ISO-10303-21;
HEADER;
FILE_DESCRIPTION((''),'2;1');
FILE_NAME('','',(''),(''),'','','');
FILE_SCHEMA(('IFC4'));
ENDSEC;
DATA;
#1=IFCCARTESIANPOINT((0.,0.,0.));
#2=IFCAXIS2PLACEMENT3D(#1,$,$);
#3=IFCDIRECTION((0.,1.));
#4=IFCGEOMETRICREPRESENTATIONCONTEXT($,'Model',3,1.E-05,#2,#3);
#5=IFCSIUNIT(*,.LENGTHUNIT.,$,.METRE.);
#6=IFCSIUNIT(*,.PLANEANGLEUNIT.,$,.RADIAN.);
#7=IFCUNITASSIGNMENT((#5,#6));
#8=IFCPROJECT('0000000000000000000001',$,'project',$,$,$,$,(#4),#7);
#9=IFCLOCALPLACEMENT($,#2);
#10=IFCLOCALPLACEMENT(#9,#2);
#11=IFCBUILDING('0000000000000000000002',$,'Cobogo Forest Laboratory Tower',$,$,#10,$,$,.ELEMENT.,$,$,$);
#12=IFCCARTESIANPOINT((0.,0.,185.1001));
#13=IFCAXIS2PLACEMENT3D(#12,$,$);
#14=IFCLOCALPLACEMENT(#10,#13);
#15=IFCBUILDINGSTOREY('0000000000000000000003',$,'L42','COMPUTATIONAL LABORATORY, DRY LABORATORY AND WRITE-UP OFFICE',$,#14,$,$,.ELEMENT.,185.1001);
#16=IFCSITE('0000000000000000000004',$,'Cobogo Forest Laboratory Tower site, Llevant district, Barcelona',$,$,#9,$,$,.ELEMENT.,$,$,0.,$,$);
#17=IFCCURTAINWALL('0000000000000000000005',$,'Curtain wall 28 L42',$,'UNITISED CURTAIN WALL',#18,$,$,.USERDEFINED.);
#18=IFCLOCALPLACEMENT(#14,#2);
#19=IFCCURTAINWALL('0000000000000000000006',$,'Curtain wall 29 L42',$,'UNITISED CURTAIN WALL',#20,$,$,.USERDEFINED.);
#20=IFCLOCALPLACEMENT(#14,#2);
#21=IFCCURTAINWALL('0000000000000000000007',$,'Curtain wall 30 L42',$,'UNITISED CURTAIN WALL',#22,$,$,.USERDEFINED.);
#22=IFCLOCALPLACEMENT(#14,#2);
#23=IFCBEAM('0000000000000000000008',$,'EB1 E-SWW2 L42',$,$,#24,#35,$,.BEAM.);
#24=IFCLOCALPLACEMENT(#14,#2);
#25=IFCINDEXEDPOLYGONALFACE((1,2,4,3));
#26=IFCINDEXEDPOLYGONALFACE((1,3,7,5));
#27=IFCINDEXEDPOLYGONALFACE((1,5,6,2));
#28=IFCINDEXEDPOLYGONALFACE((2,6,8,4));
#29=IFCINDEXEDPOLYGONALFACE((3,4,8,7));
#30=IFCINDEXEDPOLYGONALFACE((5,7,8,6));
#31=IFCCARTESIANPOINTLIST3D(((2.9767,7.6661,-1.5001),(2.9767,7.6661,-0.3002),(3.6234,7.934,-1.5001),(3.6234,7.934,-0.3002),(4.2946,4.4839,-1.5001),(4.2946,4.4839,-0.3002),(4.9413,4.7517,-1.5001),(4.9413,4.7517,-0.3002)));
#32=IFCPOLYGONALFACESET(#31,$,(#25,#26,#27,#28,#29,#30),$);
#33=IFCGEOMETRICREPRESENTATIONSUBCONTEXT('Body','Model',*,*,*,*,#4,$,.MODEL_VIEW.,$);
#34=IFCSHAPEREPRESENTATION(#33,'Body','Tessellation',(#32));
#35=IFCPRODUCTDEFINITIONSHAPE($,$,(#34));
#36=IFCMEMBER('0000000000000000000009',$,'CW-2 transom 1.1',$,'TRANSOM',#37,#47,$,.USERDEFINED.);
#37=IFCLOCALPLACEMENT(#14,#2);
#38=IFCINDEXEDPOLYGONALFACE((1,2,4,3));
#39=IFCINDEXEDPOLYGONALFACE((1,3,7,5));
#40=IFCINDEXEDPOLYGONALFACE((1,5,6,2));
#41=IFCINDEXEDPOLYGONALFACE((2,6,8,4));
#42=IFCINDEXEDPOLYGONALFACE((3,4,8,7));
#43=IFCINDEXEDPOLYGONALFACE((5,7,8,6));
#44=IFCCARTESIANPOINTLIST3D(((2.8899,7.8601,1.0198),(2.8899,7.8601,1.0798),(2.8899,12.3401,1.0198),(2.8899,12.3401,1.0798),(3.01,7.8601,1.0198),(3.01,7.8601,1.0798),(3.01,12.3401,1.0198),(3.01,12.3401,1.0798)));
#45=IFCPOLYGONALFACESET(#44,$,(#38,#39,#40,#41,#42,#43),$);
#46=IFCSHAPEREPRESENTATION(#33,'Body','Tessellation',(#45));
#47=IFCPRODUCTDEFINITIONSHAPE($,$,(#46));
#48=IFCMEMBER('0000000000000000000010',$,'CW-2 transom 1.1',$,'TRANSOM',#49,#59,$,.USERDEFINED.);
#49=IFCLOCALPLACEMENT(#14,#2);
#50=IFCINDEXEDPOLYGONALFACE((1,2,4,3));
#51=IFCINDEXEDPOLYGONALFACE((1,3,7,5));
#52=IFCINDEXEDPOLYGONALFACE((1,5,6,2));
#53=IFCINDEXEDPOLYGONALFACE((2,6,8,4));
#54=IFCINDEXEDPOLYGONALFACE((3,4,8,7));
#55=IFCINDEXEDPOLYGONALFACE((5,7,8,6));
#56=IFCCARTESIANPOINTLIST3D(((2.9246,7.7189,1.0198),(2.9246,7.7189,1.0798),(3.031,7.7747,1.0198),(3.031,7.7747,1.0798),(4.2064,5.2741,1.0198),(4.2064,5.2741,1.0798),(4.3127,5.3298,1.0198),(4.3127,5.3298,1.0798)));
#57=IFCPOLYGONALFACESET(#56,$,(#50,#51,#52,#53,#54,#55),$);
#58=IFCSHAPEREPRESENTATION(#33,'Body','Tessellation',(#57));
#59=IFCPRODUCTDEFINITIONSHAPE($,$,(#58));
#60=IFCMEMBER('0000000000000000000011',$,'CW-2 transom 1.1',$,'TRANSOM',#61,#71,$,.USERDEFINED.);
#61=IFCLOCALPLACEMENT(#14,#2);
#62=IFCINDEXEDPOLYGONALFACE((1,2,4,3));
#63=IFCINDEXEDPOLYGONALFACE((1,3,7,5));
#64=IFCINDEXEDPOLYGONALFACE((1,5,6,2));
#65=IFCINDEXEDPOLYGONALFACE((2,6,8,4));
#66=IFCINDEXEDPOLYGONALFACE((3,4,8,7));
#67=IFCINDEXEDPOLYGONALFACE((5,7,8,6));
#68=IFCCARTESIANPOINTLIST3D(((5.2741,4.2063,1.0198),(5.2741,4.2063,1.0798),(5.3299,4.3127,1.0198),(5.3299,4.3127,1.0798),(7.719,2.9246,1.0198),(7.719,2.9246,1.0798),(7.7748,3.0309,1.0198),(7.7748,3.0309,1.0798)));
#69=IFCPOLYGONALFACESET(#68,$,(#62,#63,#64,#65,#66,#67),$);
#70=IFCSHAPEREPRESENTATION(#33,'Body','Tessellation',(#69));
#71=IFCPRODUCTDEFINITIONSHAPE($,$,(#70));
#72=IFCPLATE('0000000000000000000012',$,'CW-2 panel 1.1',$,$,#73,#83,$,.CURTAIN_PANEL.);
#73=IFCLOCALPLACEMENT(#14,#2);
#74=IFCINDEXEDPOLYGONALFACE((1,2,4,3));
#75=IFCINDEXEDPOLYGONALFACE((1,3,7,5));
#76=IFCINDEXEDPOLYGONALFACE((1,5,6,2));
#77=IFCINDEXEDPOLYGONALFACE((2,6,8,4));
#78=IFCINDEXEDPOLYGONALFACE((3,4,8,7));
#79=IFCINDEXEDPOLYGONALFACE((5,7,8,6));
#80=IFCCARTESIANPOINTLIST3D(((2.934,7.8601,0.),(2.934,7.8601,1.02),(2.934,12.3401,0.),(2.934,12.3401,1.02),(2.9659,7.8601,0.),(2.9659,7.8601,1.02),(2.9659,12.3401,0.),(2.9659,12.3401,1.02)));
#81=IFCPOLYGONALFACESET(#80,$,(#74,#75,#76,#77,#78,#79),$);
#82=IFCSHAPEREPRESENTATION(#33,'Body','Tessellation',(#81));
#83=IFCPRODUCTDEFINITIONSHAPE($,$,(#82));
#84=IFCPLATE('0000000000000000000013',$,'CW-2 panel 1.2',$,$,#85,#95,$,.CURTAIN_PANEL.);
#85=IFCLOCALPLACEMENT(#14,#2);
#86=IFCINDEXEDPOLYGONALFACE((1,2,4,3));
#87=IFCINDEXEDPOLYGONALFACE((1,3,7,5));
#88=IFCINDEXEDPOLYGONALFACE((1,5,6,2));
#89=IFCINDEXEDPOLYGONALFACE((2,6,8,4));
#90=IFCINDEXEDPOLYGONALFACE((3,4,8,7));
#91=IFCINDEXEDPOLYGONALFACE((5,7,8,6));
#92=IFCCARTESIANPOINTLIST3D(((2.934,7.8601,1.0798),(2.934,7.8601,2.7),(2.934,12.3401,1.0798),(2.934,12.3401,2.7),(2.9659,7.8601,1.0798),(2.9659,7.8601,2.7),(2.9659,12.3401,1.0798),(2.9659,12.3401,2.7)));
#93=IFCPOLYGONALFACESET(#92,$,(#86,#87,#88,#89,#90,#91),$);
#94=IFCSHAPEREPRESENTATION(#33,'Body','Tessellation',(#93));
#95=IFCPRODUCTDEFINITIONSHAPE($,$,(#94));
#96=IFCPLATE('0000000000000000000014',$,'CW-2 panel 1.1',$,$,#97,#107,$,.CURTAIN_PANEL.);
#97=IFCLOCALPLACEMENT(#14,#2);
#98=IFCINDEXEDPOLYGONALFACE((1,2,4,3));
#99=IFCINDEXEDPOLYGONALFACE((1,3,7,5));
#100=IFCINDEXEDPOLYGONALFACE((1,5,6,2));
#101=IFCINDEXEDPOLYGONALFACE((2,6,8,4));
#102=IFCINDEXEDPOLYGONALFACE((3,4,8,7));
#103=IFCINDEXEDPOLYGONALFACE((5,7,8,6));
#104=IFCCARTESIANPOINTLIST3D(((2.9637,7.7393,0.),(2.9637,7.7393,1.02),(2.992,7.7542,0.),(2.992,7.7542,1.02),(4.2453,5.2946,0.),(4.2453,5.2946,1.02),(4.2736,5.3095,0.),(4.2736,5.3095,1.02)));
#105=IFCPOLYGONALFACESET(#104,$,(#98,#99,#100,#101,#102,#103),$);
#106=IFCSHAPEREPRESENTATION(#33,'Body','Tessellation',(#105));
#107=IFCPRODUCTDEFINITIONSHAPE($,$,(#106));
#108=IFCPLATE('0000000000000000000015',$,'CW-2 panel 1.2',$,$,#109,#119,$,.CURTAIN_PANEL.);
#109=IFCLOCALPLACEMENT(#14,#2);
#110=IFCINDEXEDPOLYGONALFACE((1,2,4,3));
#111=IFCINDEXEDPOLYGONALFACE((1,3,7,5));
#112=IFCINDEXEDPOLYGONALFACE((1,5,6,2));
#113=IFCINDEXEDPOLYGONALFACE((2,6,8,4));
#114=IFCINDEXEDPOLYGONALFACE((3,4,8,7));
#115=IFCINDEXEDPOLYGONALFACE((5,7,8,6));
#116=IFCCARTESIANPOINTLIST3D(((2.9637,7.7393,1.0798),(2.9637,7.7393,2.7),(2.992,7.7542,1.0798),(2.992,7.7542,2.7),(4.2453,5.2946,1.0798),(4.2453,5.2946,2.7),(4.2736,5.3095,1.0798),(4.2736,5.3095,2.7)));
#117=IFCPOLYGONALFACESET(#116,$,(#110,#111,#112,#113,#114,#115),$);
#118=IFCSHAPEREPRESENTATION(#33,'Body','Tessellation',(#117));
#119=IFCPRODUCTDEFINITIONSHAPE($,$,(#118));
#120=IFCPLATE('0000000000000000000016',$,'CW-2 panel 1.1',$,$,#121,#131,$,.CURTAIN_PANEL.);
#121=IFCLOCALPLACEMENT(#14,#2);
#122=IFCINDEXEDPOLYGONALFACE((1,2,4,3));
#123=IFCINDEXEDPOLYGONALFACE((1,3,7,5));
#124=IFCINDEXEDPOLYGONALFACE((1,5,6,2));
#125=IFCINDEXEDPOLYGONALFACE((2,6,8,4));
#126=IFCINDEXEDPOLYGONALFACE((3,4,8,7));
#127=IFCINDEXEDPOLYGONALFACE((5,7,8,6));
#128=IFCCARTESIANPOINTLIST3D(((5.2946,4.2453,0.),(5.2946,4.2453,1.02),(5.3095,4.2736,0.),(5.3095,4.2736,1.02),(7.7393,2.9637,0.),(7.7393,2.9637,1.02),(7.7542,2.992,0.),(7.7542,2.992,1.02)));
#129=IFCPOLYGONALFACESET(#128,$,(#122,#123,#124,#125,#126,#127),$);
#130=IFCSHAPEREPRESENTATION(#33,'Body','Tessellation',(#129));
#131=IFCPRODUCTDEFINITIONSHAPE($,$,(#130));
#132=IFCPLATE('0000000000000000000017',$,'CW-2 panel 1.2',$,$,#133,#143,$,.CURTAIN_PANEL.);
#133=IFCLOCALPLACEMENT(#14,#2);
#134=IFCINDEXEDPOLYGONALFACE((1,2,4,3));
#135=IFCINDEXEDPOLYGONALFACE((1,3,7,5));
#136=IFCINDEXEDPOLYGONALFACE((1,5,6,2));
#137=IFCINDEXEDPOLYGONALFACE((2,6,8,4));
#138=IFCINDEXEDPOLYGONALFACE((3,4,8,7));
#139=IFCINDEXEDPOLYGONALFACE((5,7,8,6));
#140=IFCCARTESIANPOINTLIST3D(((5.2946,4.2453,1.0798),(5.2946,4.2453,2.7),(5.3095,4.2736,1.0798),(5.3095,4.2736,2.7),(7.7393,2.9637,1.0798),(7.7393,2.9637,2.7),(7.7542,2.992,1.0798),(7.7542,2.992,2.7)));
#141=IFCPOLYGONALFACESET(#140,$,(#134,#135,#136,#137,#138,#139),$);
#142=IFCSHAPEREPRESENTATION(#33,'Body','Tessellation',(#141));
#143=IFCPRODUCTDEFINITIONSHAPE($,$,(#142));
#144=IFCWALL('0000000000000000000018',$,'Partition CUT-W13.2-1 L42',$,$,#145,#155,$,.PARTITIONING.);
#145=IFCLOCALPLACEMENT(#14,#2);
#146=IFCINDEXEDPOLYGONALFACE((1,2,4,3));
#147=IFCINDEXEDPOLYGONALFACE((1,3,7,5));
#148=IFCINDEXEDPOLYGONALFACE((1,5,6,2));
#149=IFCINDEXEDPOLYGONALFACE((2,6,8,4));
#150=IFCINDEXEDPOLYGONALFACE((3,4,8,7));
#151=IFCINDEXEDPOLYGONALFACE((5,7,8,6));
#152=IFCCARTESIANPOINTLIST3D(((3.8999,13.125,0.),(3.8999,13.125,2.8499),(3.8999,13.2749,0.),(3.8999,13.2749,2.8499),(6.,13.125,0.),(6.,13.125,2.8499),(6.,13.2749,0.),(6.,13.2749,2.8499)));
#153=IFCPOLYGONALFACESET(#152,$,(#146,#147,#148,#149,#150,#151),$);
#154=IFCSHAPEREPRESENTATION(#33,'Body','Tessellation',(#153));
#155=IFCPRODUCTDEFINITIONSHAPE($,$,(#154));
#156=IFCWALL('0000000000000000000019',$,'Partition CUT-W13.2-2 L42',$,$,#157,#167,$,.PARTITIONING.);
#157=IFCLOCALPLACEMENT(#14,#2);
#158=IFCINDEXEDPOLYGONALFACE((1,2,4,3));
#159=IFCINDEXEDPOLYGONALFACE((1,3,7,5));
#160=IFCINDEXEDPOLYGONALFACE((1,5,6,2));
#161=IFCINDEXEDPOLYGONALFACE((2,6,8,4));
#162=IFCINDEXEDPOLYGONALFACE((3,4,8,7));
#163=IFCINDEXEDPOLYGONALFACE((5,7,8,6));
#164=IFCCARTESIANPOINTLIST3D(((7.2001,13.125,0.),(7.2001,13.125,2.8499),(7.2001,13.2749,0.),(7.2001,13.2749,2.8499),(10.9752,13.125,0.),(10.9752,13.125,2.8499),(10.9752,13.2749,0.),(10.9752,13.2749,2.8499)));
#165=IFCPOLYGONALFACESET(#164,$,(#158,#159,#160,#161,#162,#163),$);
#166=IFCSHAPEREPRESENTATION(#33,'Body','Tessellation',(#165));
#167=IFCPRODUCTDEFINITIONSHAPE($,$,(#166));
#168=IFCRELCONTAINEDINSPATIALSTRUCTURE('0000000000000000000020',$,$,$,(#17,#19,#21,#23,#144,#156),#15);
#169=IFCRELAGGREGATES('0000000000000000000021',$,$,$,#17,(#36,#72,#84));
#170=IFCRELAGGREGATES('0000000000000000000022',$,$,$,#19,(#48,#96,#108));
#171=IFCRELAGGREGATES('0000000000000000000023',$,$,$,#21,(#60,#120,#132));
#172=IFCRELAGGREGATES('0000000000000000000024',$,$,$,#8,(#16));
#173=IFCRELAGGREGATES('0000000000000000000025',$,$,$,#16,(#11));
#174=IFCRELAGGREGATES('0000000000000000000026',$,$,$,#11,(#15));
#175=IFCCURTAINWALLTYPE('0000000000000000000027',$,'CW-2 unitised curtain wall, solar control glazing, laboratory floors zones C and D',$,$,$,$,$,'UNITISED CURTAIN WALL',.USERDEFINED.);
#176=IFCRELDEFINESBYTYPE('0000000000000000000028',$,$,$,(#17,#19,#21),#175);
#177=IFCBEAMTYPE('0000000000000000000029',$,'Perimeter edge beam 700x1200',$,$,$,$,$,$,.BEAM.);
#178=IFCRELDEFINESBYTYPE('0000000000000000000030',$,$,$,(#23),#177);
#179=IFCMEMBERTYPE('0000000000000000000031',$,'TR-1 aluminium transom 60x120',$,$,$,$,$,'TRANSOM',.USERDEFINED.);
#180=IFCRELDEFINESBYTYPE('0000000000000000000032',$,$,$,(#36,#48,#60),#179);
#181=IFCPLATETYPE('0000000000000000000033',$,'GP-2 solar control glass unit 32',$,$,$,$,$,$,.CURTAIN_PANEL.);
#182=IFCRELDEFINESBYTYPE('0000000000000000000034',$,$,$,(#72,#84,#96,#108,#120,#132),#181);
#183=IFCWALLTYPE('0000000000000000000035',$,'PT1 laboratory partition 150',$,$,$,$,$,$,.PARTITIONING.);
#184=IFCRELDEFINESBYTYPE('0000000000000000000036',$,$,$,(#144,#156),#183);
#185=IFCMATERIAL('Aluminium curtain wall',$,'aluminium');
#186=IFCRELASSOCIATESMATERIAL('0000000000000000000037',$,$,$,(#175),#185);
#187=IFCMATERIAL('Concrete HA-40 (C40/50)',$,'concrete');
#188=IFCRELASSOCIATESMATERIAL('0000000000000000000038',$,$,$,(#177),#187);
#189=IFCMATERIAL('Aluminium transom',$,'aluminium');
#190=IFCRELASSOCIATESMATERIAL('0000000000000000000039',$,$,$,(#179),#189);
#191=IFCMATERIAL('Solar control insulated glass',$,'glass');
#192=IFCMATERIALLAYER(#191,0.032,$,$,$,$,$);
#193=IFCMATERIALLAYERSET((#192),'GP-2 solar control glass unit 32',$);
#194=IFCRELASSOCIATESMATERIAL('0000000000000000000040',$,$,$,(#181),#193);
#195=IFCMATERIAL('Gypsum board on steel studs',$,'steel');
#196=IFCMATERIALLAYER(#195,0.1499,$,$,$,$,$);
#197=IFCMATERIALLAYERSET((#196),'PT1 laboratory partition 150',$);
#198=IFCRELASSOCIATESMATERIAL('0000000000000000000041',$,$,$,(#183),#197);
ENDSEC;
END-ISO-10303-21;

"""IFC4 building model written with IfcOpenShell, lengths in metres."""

from ifc_helpers import new_model, si_unit, direction, frame, frame_2d, origin, origin_2d, place, context, subcontext, project, spatial, rectangle, extrude, material, layer, layer_set, material_profile, profile_set, type_object, element, aggregate, save


model = new_model("IFC4")

# Units and contexts
model_context = context("Model", 3, precision=1e-05, world=origin(), true_north=direction((0.0, 1.0)))
body_context = subcontext(model_context, "Body", "Model", "MODEL_VIEW")
ifc_project = project(units=[si_unit("LENGTHUNIT", "METRE"), si_unit("PLANEANGLEUNIT", "RADIAN")], contexts=[model_context])

# Site, building, storey
site_placement = place(None, origin())
site = spatial("IfcSite", under=ifc_project, at=site_placement, Name="Cobogo Forest Laboratory Tower site, Llevant district, Barcelona", CompositionType="ELEMENT", RefElevation=0.0)
building_placement = place(site_placement, origin())
building = spatial("IfcBuilding", under=site, at=building_placement, Name="Cobogo Forest Laboratory Tower", CompositionType="ELEMENT")
storey_placement = place(building_placement, frame((0.0, 0.0, 185.1001)))
storey = spatial("IfcBuildingStorey", under=building, at=storey_placement, Name="L42", Description="COMPUTATIONAL LABORATORY, DRY LABORATORY AND WRITE-UP OFFICE", CompositionType="ELEMENT", Elevation=185.1001)

# Shared definitions
ifc_material_1 = material(Name="Concrete HA-40 (C40/50)", Category="concrete")

# Curtain walls
ifc_material_2 = material(Name="Aluminium curtain wall", Category="aluminium")
curtain_wall_type = type_object("IfcCurtainWallType", Name="CW-2 unitised curtain wall, solar control glazing, laboratory floors zones C and D", ElementType="UNITISED CURTAIN WALL", PredefinedType="USERDEFINED", material=ifc_material_2)
curtain_wall_1_placement = place(storey_placement, origin())
curtain_wall_1 = element("IfcCurtainWall", 1, at=curtain_wall_1_placement, inside=storey, type_object=curtain_wall_type, Name="Curtain wall 28 L42", ObjectType="UNITISED CURTAIN WALL", PredefinedType="USERDEFINED")
curtain_wall_2_placement = place(storey_placement, origin())
curtain_wall_2 = element("IfcCurtainWall", 2, at=curtain_wall_2_placement, inside=storey, type_object=curtain_wall_type, Name="Curtain wall 29 L42", ObjectType="UNITISED CURTAIN WALL", PredefinedType="USERDEFINED")

# Curtain wall
curtain_wall_3_placement = place(storey_placement, origin())
curtain_wall_3 = element("IfcCurtainWall", 3, at=curtain_wall_3_placement, inside=storey, type_object=curtain_wall_type, Name="Curtain wall 30 L42", ObjectType="UNITISED CURTAIN WALL", PredefinedType="USERDEFINED")

# Beam
ifc_material_profile_1 = material_profile(ifc_material_1, rectangle(XDim=0.7, YDim=1.2, at=origin_2d()), Name="RC 700x1200")
ifc_profile_set_1 = profile_set([ifc_material_profile_1], Name="Concrete HA-40 (C40/50)")
beam_type_1 = type_object("IfcBeamType", Name="Perimeter edge beam 700x1200", PredefinedType="BEAM", material=ifc_profile_set_1)
beam_1_placement = place(storey_placement, frame((3.3, 7.8, -0.9001), z_axis=(0.382631, -0.923901, 0.0), x_axis=(0.923901, 0.382631, 0.0)))
element("IfcBeam", 4, at=beam_1_placement, inside=storey, type_object=beam_type_1, Name="EB1 E-SWW2 L42", PredefinedType="BEAM", context=body_context, shape_type="SweptSolid", body=[
    extrude(rectangle(XDim=0.7, YDim=1.2, at=origin_2d()), origin(), (0.0, 0.0, 1.0), 3.4443),
])

# Members
ifc_material_3 = material(Name="Aluminium transom", Category="aluminium")
ifc_material_profile_2 = material_profile(ifc_material_3, rectangle(XDim=0.1201, YDim=0.0601, at=origin_2d()), Name="AL 60x120")
ifc_profile_set_2 = profile_set([ifc_material_profile_2], Name="Aluminium transom")
member_type_1 = type_object("IfcMemberType", Name="TR-1 aluminium transom 60x120", ElementType="TRANSOM", PredefinedType="USERDEFINED", material=ifc_profile_set_2)
member_1_placement = place(storey_placement, frame((2.95, 12.3401, 1.0498), z_axis=(0.0, -1.0, 0.0), x_axis=(1.0, 0.0, 0.0)))
member_1 = element("IfcMember", 5, at=member_1_placement, type_object=member_type_1, Name="CW-2 transom 1.1", ObjectType="TRANSOM", PredefinedType="USERDEFINED", context=body_context, shape_type="SweptSolid", body=[
    extrude(rectangle(XDim=0.1201, YDim=0.0601, at=origin_2d()), origin(), (0.0, 0.0, 1.0), 4.48),
])
member_2_placement = place(storey_placement, frame((2.9778, 7.7468, 1.0498), z_axis=(0.464324, -0.885665, 0.0), x_axis=(0.885665, 0.464324, 0.0)))
member_2 = element("IfcMember", 6, at=member_2_placement, type_object=member_type_1, Name="CW-2 transom 1.1", ObjectType="TRANSOM", PredefinedType="USERDEFINED", context=body_context, shape_type="SweptSolid", body=[
    extrude(rectangle(XDim=0.1201, YDim=0.0601, at=origin_2d()), origin(), (0.0, 0.0, 1.0), 2.7605),
])
member_3_placement = place(storey_placement, frame((5.302, 4.2595, 1.0498), z_axis=(0.885665, -0.464324, 0.0), x_axis=(0.464324, 0.885665, 0.0)))
member_3 = element("IfcMember", 7, at=member_3_placement, type_object=member_type_1, Name="CW-2 transom 1.1", ObjectType="TRANSOM", PredefinedType="USERDEFINED", context=body_context, shape_type="SweptSolid", body=[
    extrude(rectangle(XDim=0.1201, YDim=0.0601, at=origin_2d()), origin(), (0.0, 0.0, 1.0), 2.7605),
])

# Plates
ifc_material_4 = material(Name="Solar control insulated glass", Category="glass")
ifc_layer_1 = layer(ifc_material_4, 0.032)
ifc_layer_set_1 = layer_set([ifc_layer_1], Name="GP-2 solar control glass unit 32")
plate_type = type_object("IfcPlateType", Name="GP-2 solar control glass unit 32", PredefinedType="CURTAIN_PANEL", material=ifc_layer_set_1)
plate_1_placement = place(storey_placement, frame((2.95, 10.1001, 0.0), z_axis=(0.0, 0.0, 1.0), x_axis=(0.0, -1.0, 0.0)))
plate_1 = element("IfcPlate", 8, at=plate_1_placement, type_object=plate_type, Name="CW-2 panel 1.1", PredefinedType="CURTAIN_PANEL", context=body_context, shape_type="SweptSolid", body=[
    extrude(rectangle(XDim=4.48, YDim=0.032, at=origin_2d()), origin(), (0.0, 0.0, 1.0), 1.02),
])
plate_2_placement = place(storey_placement, frame((2.95, 10.1001, 1.0798), z_axis=(0.0, 0.0, 1.0), x_axis=(0.0, -1.0, 0.0)))
plate_2 = element("IfcPlate", 9, at=plate_2_placement, type_object=plate_type, Name="CW-2 panel 1.2", PredefinedType="CURTAIN_PANEL", context=body_context, shape_type="SweptSolid", body=[
    extrude(rectangle(XDim=4.48, YDim=0.032, at=origin_2d()), origin(), (0.0, 0.0, 1.0), 1.6201),
])
aggregate(curtain_wall_1, [member_1, plate_1, plate_2])
plate_3_placement = place(storey_placement, frame((3.6187, 6.5244, 0.0), z_axis=(0.0, 0.0, 1.0), x_axis=(0.464284, -0.885686, 0.0)))
plate_3 = element("IfcPlate", 10, at=plate_3_placement, type_object=plate_type, Name="CW-2 panel 1.1", PredefinedType="CURTAIN_PANEL", context=body_context, shape_type="SweptSolid", body=[
    extrude(rectangle(XDim=2.7603, YDim=0.032, at=origin_2d()), origin(), (0.0, 0.0, 1.0), 1.02),
])
plate_4_placement = place(storey_placement, frame((3.6187, 6.5244, 1.0798), z_axis=(0.0, 0.0, 1.0), x_axis=(0.464284, -0.885686, 0.0)))
plate_4 = element("IfcPlate", 11, at=plate_4_placement, type_object=plate_type, Name="CW-2 panel 1.2", PredefinedType="CURTAIN_PANEL", context=body_context, shape_type="SweptSolid", body=[
    extrude(rectangle(XDim=2.7603, YDim=0.032, at=origin_2d()), origin(), (0.0, 0.0, 1.0), 1.6201),
])
aggregate(curtain_wall_2, [member_2, plate_3, plate_4])
plate_5_placement = place(storey_placement, frame((6.5244, 3.6187, 0.0), z_axis=(0.0, 0.0, 1.0), x_axis=(0.885686, -0.464284, 0.0)))
plate_5 = element("IfcPlate", 12, at=plate_5_placement, type_object=plate_type, Name="CW-2 panel 1.1", PredefinedType="CURTAIN_PANEL", context=body_context, shape_type="SweptSolid", body=[
    extrude(rectangle(XDim=2.7603, YDim=0.032, at=origin_2d()), origin(), (0.0, 0.0, 1.0), 1.02),
])
plate_6_placement = place(storey_placement, frame((6.5244, 3.6187, 1.0798), z_axis=(0.0, 0.0, 1.0), x_axis=(0.885686, -0.464284, 0.0)))
plate_6 = element("IfcPlate", 13, at=plate_6_placement, type_object=plate_type, Name="CW-2 panel 1.2", PredefinedType="CURTAIN_PANEL", context=body_context, shape_type="SweptSolid", body=[
    extrude(rectangle(XDim=2.7603, YDim=0.032, at=origin_2d()), origin(), (0.0, 0.0, 1.0), 1.6201),
])
aggregate(curtain_wall_3, [member_3, plate_5, plate_6])

# Walls
ifc_material_5 = material(Name="Gypsum board on steel studs", Category="steel")
ifc_layer_2 = layer(ifc_material_5, 0.1499)
ifc_layer_set_2 = layer_set([ifc_layer_2], Name="PT1 laboratory partition 150")
wall_type = type_object("IfcWallType", Name="PT1 laboratory partition 150", PredefinedType="PARTITIONING", material=ifc_layer_set_2)
wall_1_placement = place(storey_placement, frame((3.8999, 13.2, 0.0), z_axis=(0.0, 0.0, 1.0), x_axis=(1.0, 0.0, 0.0)))
element("IfcWall", 14, at=wall_1_placement, inside=storey, type_object=wall_type, Name="Partition CUT-W13.2-1 L42", PredefinedType="PARTITIONING", context=body_context, shape_type="SweptSolid", body=[
    extrude(rectangle(XDim=2.1001, YDim=0.1499, at=frame_2d((1.05, 0.0))), origin(), (0.0, 0.0, 1.0), 2.8499),
])
wall_2_placement = place(storey_placement, frame((7.2, 13.2, 0.0), z_axis=(0.0, 0.0, 1.0), x_axis=(1.0, 0.0, 0.0)))
element("IfcWall", 15, at=wall_2_placement, inside=storey, type_object=wall_type, Name="Partition CUT-W13.2-2 L42", PredefinedType="PARTITIONING", context=body_context, shape_type="SweptSolid", body=[
    extrude(rectangle(XDim=3.7751, YDim=0.1499, at=frame_2d((1.8877, 0.0))), origin(), (0.0, 0.0, 1.0), 2.8499),
])

save(model, "model.ifc")
